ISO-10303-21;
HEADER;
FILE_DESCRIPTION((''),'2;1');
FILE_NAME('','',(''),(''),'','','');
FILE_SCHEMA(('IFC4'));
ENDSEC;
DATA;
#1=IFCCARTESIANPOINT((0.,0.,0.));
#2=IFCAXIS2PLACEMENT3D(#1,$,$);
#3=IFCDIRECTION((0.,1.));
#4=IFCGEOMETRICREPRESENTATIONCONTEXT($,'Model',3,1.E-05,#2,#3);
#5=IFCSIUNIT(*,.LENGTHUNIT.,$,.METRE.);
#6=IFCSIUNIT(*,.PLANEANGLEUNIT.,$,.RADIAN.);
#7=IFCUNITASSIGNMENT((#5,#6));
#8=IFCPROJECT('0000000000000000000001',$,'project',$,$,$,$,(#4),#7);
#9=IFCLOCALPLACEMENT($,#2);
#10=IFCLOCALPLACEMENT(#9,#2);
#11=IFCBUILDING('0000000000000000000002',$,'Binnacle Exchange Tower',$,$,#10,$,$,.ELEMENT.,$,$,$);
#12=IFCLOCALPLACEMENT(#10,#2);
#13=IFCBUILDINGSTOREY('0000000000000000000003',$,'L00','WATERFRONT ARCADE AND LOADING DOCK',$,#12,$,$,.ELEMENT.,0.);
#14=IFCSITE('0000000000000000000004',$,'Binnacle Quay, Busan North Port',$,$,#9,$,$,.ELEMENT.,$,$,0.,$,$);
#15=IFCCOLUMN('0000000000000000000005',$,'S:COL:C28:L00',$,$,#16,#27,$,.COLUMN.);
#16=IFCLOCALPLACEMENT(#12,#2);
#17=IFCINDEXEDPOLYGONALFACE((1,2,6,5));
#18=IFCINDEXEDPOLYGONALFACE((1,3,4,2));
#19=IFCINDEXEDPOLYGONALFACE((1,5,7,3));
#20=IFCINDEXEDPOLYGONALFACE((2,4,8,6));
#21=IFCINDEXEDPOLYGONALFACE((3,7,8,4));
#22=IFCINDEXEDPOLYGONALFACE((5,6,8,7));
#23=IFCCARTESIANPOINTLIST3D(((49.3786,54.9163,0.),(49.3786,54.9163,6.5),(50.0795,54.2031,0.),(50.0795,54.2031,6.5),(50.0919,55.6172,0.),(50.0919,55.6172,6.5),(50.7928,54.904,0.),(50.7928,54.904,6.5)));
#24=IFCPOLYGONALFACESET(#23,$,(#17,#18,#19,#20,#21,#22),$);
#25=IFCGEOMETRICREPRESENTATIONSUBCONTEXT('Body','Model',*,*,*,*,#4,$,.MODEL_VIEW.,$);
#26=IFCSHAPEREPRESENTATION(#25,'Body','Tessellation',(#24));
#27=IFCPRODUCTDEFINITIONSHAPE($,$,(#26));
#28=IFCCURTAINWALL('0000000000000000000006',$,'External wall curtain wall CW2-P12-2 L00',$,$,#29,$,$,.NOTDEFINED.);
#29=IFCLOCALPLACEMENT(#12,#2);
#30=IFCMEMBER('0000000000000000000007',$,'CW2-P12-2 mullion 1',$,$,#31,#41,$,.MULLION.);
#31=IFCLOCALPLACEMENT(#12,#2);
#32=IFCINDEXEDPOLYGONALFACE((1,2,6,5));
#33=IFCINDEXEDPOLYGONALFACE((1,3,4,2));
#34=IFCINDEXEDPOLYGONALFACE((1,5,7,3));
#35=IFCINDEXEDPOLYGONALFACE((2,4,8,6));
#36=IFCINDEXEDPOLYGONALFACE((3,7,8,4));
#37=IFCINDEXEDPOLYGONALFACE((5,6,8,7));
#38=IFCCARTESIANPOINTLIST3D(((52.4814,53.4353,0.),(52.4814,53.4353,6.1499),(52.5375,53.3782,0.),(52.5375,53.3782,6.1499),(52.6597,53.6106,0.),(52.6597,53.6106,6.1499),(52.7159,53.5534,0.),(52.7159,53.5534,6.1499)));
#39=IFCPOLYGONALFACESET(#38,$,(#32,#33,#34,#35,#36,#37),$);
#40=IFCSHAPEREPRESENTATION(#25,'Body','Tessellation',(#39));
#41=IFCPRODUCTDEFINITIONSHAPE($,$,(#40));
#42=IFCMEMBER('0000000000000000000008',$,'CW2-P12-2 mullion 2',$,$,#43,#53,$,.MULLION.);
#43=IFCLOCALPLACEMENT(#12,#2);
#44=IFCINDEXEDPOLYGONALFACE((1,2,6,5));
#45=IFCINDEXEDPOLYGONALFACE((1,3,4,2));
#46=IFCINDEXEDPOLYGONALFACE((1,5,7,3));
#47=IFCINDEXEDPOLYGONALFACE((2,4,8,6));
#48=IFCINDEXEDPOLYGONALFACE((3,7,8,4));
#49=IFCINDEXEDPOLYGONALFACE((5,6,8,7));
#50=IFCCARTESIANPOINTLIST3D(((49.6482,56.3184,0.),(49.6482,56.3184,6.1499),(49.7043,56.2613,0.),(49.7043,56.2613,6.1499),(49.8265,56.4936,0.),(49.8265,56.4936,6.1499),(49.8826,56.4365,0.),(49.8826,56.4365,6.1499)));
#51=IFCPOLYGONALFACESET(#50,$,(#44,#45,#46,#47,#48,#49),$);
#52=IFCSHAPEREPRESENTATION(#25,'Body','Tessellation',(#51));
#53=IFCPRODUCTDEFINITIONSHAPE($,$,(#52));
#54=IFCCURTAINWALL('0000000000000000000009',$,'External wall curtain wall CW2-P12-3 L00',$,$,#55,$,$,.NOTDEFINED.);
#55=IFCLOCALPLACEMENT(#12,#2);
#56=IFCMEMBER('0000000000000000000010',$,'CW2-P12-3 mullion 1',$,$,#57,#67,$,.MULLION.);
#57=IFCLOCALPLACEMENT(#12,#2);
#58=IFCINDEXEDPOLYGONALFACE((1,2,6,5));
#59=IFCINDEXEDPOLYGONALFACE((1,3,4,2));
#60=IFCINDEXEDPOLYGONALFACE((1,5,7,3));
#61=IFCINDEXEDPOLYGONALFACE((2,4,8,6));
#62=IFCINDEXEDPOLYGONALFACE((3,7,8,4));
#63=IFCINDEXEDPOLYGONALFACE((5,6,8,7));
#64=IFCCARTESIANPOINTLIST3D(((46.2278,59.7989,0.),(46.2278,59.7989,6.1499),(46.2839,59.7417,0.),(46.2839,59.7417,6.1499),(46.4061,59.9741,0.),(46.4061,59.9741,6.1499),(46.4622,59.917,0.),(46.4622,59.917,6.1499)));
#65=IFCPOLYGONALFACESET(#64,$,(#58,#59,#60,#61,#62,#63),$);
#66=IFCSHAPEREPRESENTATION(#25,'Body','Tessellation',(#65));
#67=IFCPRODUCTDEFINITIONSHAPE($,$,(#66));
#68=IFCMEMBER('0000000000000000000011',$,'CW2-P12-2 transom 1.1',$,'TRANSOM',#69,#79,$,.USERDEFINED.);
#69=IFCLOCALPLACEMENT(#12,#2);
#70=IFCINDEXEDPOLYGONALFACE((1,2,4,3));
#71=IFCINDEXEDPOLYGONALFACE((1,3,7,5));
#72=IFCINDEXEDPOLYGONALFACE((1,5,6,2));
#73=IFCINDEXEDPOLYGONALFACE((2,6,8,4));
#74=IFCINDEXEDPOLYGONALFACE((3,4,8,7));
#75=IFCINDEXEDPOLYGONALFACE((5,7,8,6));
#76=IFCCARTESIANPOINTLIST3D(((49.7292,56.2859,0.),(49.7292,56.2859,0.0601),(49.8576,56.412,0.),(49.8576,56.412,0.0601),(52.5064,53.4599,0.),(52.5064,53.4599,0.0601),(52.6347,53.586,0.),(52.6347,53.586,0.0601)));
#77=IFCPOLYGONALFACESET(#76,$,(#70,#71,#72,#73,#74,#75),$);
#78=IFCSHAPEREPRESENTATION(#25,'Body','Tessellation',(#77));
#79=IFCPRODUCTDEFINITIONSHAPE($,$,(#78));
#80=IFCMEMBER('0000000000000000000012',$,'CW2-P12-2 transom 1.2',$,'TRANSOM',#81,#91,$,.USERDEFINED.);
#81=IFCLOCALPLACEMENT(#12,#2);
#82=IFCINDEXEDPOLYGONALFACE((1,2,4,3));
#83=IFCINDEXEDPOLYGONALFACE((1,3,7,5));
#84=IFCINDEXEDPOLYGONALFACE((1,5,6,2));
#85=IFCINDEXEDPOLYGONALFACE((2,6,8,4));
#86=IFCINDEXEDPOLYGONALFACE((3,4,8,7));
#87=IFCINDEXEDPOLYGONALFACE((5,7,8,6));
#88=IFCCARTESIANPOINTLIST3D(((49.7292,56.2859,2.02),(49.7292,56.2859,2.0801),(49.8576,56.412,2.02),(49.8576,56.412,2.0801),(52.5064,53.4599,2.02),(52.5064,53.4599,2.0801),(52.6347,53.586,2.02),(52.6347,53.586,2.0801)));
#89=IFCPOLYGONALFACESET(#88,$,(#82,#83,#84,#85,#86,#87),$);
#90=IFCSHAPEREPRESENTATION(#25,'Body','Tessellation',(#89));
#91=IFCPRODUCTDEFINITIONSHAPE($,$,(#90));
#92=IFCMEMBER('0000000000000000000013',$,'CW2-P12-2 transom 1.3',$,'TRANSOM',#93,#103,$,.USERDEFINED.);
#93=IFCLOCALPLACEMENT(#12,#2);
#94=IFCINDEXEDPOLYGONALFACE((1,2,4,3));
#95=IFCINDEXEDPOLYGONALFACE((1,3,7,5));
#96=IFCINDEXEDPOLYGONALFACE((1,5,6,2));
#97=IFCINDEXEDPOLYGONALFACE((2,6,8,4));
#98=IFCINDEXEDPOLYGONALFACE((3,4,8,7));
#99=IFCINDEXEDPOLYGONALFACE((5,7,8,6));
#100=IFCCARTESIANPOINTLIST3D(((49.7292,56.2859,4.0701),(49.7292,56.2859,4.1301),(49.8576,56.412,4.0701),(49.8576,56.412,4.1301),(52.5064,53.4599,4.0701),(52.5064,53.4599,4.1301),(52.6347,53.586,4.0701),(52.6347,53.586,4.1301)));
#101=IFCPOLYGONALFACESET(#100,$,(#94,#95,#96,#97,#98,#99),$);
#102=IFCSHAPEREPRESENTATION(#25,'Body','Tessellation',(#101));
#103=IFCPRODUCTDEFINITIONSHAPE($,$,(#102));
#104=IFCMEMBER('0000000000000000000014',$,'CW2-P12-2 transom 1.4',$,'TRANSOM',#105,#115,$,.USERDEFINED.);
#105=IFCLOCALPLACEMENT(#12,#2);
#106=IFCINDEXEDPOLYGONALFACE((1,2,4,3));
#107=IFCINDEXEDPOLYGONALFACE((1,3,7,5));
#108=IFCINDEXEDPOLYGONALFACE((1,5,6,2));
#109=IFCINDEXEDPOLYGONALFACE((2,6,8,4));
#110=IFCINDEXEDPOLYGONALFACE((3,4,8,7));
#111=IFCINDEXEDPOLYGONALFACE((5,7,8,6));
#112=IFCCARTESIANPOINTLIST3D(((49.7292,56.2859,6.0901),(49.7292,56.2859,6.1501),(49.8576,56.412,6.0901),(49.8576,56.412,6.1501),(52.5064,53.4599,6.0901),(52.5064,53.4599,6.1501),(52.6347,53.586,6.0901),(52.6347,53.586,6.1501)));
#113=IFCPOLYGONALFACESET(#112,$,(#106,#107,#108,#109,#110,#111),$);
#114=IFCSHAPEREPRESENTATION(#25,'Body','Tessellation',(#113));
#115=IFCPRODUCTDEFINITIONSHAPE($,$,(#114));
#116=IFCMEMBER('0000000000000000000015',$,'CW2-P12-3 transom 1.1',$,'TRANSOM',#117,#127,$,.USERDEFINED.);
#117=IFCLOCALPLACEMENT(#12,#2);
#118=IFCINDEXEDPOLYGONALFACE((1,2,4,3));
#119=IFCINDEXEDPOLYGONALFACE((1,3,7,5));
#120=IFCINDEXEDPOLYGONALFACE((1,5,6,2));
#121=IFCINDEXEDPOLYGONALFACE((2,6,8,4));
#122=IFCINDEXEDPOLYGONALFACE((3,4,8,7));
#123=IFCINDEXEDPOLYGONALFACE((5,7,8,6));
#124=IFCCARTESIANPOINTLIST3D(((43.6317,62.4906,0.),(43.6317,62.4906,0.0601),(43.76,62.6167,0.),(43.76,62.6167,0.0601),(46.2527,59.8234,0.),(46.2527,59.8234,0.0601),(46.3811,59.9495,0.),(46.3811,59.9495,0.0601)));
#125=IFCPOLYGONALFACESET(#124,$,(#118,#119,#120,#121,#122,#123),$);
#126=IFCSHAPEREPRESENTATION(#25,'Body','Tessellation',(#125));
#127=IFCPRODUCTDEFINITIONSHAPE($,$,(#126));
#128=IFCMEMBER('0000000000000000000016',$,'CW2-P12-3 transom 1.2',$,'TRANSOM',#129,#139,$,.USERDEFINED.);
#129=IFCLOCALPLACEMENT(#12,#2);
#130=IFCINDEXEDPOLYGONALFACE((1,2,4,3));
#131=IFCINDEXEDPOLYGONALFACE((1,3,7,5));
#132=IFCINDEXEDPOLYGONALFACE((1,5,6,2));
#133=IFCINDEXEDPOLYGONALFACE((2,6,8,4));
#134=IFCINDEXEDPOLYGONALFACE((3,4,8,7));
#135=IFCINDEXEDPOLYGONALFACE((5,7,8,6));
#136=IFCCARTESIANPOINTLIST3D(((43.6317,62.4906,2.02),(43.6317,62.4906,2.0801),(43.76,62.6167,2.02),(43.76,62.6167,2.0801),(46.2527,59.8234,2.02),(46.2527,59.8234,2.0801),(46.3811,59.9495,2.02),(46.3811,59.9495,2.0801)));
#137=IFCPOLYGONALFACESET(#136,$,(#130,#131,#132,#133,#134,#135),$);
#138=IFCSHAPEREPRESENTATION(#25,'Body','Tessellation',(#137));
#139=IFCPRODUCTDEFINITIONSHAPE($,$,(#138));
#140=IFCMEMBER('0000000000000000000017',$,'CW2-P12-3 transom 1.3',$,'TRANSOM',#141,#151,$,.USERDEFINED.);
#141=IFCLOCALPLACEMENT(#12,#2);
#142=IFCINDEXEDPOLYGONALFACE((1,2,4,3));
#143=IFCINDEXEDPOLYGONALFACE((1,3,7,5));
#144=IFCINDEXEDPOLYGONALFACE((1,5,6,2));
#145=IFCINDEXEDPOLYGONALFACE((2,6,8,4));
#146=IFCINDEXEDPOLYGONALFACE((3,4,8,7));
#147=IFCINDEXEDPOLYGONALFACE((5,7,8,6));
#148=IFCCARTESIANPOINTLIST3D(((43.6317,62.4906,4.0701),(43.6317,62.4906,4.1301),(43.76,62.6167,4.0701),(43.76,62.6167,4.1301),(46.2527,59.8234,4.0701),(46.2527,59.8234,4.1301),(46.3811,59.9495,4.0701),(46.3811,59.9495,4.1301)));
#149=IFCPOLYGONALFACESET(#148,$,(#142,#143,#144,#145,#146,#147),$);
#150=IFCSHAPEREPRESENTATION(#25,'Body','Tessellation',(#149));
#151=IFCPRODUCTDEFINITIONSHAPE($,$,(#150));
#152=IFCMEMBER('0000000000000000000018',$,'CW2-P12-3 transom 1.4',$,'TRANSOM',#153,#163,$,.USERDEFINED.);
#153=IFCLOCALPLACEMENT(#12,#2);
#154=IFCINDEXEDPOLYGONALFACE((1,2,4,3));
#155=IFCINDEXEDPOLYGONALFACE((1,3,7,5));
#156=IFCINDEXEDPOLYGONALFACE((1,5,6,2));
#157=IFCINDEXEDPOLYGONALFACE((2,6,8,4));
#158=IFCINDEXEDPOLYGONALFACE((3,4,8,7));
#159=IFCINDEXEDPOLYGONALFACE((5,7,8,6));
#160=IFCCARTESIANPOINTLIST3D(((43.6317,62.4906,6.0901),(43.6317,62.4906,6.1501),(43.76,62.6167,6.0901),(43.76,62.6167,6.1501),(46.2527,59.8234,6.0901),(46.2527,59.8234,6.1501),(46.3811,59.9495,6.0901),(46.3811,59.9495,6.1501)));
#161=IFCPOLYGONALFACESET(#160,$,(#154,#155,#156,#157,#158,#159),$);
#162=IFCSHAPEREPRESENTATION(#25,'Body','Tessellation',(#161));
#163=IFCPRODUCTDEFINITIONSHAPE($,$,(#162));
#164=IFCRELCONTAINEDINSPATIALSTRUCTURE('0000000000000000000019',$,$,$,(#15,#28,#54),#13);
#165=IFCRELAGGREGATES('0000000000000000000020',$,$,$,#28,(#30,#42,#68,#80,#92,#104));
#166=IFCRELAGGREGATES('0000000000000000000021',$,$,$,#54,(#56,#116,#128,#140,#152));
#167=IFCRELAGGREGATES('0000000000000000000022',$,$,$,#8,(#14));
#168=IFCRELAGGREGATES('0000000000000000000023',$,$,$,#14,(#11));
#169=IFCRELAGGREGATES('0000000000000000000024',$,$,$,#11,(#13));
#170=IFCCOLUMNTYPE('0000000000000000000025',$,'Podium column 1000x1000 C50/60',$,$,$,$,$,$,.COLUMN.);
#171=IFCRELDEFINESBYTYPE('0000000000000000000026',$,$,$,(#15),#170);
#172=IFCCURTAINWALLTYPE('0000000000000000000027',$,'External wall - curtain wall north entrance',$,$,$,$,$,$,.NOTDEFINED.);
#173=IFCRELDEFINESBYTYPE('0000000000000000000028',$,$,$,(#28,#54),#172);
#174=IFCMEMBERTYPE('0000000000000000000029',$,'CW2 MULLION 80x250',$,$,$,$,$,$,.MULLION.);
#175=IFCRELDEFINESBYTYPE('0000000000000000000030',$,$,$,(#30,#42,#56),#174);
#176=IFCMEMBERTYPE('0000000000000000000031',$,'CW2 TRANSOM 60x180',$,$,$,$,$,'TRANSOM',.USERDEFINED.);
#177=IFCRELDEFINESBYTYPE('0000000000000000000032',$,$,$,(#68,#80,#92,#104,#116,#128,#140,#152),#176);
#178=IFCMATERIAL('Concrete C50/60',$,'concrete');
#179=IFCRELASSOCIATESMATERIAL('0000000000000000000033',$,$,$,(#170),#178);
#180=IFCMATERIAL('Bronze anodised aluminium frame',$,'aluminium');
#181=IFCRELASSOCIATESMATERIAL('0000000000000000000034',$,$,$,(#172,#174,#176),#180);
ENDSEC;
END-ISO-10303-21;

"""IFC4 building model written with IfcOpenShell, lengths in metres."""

from ifc_helpers import new_model, si_unit, direction, frame, origin, origin_2d, place, context, subcontext, project, spatial, rectangle, extrude, material, material_profile, profile_set, type_object, element, aggregate, save


model = new_model("IFC4")

# Units and contexts
model_context = context("Model", 3, precision=1e-05, world=origin(), true_north=direction((0.0, 1.0)))
body_context = subcontext(model_context, "Body", "Model", "MODEL_VIEW")
ifc_project = project(units=[si_unit("LENGTHUNIT", "METRE"), si_unit("PLANEANGLEUNIT", "RADIAN")], contexts=[model_context])

# Site, building, storey
site_placement = place(None, origin())
site = spatial("IfcSite", under=ifc_project, at=site_placement, Name="Binnacle Quay, Busan North Port", CompositionType="ELEMENT", RefElevation=0.0)
building_placement = place(site_placement, origin())
building = spatial("IfcBuilding", under=site, at=building_placement, Name="Binnacle Exchange Tower", CompositionType="ELEMENT")
storey_placement = place(building_placement, origin())
storey = spatial("IfcBuildingStorey", under=building, at=storey_placement, Name="L00", Description="WATERFRONT ARCADE AND LOADING DOCK", CompositionType="ELEMENT", Elevation=0.0)

# Column
ifc_material_1 = material(Name="Concrete C50/60", Category="concrete")
ifc_material_profile_1 = material_profile(ifc_material_1, rectangle(XDim=1.0, YDim=1.0, at=origin_2d()), Name="Podium column 1000x1000 C50/60")
ifc_profile_set_1 = profile_set([ifc_material_profile_1], Name="Concrete C50/60")
column_type = type_object("IfcColumnType", Name="Podium column 1000x1000 C50/60", PredefinedType="COLUMN", material=ifc_profile_set_1)
column_placement = place(storey_placement, frame((50.0857, 54.9102, 0.0), z_axis=(0.0, 0.0, 1.0), x_axis=(-0.700909, 0.71325, 0.0)))
element("IfcColumn", 1, at=column_placement, inside=storey, type_object=column_type, Name="S:COL:C28:L00", PredefinedType="COLUMN", context=body_context, shape_type="SweptSolid", body=[
    extrude(rectangle(XDim=1.0, YDim=1.0, at=origin_2d()), origin(), (0.0, 0.0, 1.0), 6.5),
])

# Curtain wall, members
ifc_material_2 = material(Name="Bronze anodised aluminium frame", Category="aluminium")
curtain_wall_type = type_object("IfcCurtainWallType", Name="External wall - curtain wall north entrance", PredefinedType="NOTDEFINED", material=ifc_material_2)
curtain_wall_1_placement = place(storey_placement, origin())
curtain_wall_1 = element("IfcCurtainWall", 2, at=curtain_wall_1_placement, inside=storey, type_object=curtain_wall_type, Name="External wall curtain wall CW2-P12-2 L00", PredefinedType="NOTDEFINED")
ifc_material_profile_2 = material_profile(ifc_material_2, rectangle(XDim=0.25, YDim=0.0801, at=origin_2d()), Name="AL 80x250")
ifc_profile_set_2 = profile_set([ifc_material_profile_2], Name="Bronze anodised aluminium frame")
member_type_1 = type_object("IfcMemberType", Name="CW2 MULLION 80x250", PredefinedType="MULLION", material=ifc_profile_set_2)
member_1_placement = place(storey_placement, frame((52.5986, 53.4944, 0.0), z_axis=(0.0, 0.0, 1.0), x_axis=(-0.71325, -0.700909, 0.0)))
member_1 = element("IfcMember", 3, at=member_1_placement, type_object=member_type_1, Name="CW2-P12-2 mullion 1", PredefinedType="MULLION", context=body_context, shape_type="SweptSolid", body=[
    extrude(rectangle(XDim=0.25, YDim=0.0801, at=origin_2d()), origin(), (0.0, 0.0, 1.0), 6.1499),
])
member_2_placement = place(storey_placement, frame((49.7654, 56.3774, 0.0), z_axis=(0.0, 0.0, 1.0), x_axis=(-0.71325, -0.700909, 0.0)))
member_2 = element("IfcMember", 4, at=member_2_placement, type_object=member_type_1, Name="CW2-P12-2 mullion 2", PredefinedType="MULLION", context=body_context, shape_type="SweptSolid", body=[
    extrude(rectangle(XDim=0.25, YDim=0.0801, at=origin_2d()), origin(), (0.0, 0.0, 1.0), 6.1499),
])

# Curtain wall, member
curtain_wall_2_placement = place(storey_placement, origin())
curtain_wall_2 = element("IfcCurtainWall", 5, at=curtain_wall_2_placement, inside=storey, type_object=curtain_wall_type, Name="External wall curtain wall CW2-P12-3 L00", PredefinedType="NOTDEFINED")
member_3_placement = place(storey_placement, frame((46.345, 59.8579, 0.0), z_axis=(0.0, 0.0, 1.0), x_axis=(-0.71325, -0.700909, 0.0)))
member_3 = element("IfcMember", 6, at=member_3_placement, type_object=member_type_1, Name="CW2-P12-3 mullion 1", PredefinedType="MULLION", context=body_context, shape_type="SweptSolid", body=[
    extrude(rectangle(XDim=0.25, YDim=0.0801, at=origin_2d()), origin(), (0.0, 0.0, 1.0), 6.1499),
])

# Members
ifc_material_profile_3 = material_profile(ifc_material_2, rectangle(XDim=0.1799, YDim=0.0601, at=origin_2d()), Name="AL 180x60")
ifc_profile_set_3 = profile_set([ifc_material_profile_3], Name="Bronze anodised aluminium frame")
member_type_2 = type_object("IfcMemberType", Name="CW2 TRANSOM 60x180", ElementType="TRANSOM", PredefinedType="USERDEFINED", material=ifc_profile_set_3)
member_4_placement = place(storey_placement, frame((52.5706, 53.5229, 0.03), z_axis=(-0.700918, 0.713242, 0.0), x_axis=(-0.713242, -0.700918, 0.0)))
member_4 = element("IfcMember", 7, at=member_4_placement, type_object=member_type_2, Name="CW2-P12-2 transom 1.1", ObjectType="TRANSOM", PredefinedType="USERDEFINED", context=body_context, shape_type="SweptSolid", body=[
    extrude(rectangle(XDim=0.1799, YDim=0.0601, at=origin_2d()), origin(), (0.0, 0.0, 1.0), 3.9622),
])
member_5_placement = place(storey_placement, frame((52.5706, 53.5229, 2.05), z_axis=(-0.700918, 0.713242, 0.0), x_axis=(-0.713242, -0.700918, 0.0)))
member_5 = element("IfcMember", 8, at=member_5_placement, type_object=member_type_2, Name="CW2-P12-2 transom 1.2", ObjectType="TRANSOM", PredefinedType="USERDEFINED", context=body_context, shape_type="SweptSolid", body=[
    extrude(rectangle(XDim=0.1799, YDim=0.0601, at=origin_2d()), origin(), (0.0, 0.0, 1.0), 3.9622),
])
member_6_placement = place(storey_placement, frame((52.5706, 53.5229, 4.1001), z_axis=(-0.700918, 0.713242, 0.0), x_axis=(-0.713242, -0.700918, 0.0)))
member_6 = element("IfcMember", 9, at=member_6_placement, type_object=member_type_2, Name="CW2-P12-2 transom 1.3", ObjectType="TRANSOM", PredefinedType="USERDEFINED", context=body_context, shape_type="SweptSolid", body=[
    extrude(rectangle(XDim=0.1799, YDim=0.0601, at=origin_2d()), origin(), (0.0, 0.0, 1.0), 3.9622),
])
member_7_placement = place(storey_placement, frame((52.5706, 53.5229, 6.1201), z_axis=(-0.700918, 0.713242, 0.0), x_axis=(-0.713242, -0.700918, 0.0)))
member_7 = element("IfcMember", 10, at=member_7_placement, type_object=member_type_2, Name="CW2-P12-2 transom 1.4", ObjectType="TRANSOM", PredefinedType="USERDEFINED", context=body_context, shape_type="SweptSolid", body=[
    extrude(rectangle(XDim=0.1799, YDim=0.0601, at=origin_2d()), origin(), (0.0, 0.0, 1.0), 3.9622),
])
member_8_placement = place(storey_placement, frame((46.3169, 59.8865, 0.03), z_axis=(-0.70091, 0.713249, 0.0), x_axis=(-0.713249, -0.70091, 0.0)))
member_8 = element("IfcMember", 11, at=member_8_placement, type_object=member_type_2, Name="CW2-P12-3 transom 1.1", ObjectType="TRANSOM", PredefinedType="USERDEFINED", context=body_context, shape_type="SweptSolid", body=[
    extrude(rectangle(XDim=0.1799, YDim=0.0601, at=origin_2d()), origin(), (0.0, 0.0, 1.0), 3.7395),
])
member_9_placement = place(storey_placement, frame((46.3169, 59.8865, 2.05), z_axis=(-0.70091, 0.713249, 0.0), x_axis=(-0.713249, -0.70091, 0.0)))
member_9 = element("IfcMember", 12, at=member_9_placement, type_object=member_type_2, Name="CW2-P12-3 transom 1.2", ObjectType="TRANSOM", PredefinedType="USERDEFINED", context=body_context, shape_type="SweptSolid", body=[
    extrude(rectangle(XDim=0.1799, YDim=0.0601, at=origin_2d()), origin(), (0.0, 0.0, 1.0), 3.7395),
])
member_10_placement = place(storey_placement, frame((46.3169, 59.8865, 4.1001), z_axis=(-0.70091, 0.713249, 0.0), x_axis=(-0.713249, -0.70091, 0.0)))
member_10 = element("IfcMember", 13, at=member_10_placement, type_object=member_type_2, Name="CW2-P12-3 transom 1.3", ObjectType="TRANSOM", PredefinedType="USERDEFINED", context=body_context, shape_type="SweptSolid", body=[
    extrude(rectangle(XDim=0.1799, YDim=0.0601, at=origin_2d()), origin(), (0.0, 0.0, 1.0), 3.7395),
])
member_11_placement = place(storey_placement, frame((46.3169, 59.8865, 6.1201), z_axis=(-0.70091, 0.713249, 0.0), x_axis=(-0.713249, -0.70091, 0.0)))
member_11 = element("IfcMember", 14, at=member_11_placement, type_object=member_type_2, Name="CW2-P12-3 transom 1.4", ObjectType="TRANSOM", PredefinedType="USERDEFINED", context=body_context, shape_type="SweptSolid", body=[
    extrude(rectangle(XDim=0.1799, YDim=0.0601, at=origin_2d()), origin(), (0.0, 0.0, 1.0), 3.7395),
])

aggregate(curtain_wall_1, [member_1, member_2, member_4, member_5, member_6, member_7])
aggregate(curtain_wall_2, [member_3, member_8, member_9, member_10, member_11])

save(model, "model.ifc")
